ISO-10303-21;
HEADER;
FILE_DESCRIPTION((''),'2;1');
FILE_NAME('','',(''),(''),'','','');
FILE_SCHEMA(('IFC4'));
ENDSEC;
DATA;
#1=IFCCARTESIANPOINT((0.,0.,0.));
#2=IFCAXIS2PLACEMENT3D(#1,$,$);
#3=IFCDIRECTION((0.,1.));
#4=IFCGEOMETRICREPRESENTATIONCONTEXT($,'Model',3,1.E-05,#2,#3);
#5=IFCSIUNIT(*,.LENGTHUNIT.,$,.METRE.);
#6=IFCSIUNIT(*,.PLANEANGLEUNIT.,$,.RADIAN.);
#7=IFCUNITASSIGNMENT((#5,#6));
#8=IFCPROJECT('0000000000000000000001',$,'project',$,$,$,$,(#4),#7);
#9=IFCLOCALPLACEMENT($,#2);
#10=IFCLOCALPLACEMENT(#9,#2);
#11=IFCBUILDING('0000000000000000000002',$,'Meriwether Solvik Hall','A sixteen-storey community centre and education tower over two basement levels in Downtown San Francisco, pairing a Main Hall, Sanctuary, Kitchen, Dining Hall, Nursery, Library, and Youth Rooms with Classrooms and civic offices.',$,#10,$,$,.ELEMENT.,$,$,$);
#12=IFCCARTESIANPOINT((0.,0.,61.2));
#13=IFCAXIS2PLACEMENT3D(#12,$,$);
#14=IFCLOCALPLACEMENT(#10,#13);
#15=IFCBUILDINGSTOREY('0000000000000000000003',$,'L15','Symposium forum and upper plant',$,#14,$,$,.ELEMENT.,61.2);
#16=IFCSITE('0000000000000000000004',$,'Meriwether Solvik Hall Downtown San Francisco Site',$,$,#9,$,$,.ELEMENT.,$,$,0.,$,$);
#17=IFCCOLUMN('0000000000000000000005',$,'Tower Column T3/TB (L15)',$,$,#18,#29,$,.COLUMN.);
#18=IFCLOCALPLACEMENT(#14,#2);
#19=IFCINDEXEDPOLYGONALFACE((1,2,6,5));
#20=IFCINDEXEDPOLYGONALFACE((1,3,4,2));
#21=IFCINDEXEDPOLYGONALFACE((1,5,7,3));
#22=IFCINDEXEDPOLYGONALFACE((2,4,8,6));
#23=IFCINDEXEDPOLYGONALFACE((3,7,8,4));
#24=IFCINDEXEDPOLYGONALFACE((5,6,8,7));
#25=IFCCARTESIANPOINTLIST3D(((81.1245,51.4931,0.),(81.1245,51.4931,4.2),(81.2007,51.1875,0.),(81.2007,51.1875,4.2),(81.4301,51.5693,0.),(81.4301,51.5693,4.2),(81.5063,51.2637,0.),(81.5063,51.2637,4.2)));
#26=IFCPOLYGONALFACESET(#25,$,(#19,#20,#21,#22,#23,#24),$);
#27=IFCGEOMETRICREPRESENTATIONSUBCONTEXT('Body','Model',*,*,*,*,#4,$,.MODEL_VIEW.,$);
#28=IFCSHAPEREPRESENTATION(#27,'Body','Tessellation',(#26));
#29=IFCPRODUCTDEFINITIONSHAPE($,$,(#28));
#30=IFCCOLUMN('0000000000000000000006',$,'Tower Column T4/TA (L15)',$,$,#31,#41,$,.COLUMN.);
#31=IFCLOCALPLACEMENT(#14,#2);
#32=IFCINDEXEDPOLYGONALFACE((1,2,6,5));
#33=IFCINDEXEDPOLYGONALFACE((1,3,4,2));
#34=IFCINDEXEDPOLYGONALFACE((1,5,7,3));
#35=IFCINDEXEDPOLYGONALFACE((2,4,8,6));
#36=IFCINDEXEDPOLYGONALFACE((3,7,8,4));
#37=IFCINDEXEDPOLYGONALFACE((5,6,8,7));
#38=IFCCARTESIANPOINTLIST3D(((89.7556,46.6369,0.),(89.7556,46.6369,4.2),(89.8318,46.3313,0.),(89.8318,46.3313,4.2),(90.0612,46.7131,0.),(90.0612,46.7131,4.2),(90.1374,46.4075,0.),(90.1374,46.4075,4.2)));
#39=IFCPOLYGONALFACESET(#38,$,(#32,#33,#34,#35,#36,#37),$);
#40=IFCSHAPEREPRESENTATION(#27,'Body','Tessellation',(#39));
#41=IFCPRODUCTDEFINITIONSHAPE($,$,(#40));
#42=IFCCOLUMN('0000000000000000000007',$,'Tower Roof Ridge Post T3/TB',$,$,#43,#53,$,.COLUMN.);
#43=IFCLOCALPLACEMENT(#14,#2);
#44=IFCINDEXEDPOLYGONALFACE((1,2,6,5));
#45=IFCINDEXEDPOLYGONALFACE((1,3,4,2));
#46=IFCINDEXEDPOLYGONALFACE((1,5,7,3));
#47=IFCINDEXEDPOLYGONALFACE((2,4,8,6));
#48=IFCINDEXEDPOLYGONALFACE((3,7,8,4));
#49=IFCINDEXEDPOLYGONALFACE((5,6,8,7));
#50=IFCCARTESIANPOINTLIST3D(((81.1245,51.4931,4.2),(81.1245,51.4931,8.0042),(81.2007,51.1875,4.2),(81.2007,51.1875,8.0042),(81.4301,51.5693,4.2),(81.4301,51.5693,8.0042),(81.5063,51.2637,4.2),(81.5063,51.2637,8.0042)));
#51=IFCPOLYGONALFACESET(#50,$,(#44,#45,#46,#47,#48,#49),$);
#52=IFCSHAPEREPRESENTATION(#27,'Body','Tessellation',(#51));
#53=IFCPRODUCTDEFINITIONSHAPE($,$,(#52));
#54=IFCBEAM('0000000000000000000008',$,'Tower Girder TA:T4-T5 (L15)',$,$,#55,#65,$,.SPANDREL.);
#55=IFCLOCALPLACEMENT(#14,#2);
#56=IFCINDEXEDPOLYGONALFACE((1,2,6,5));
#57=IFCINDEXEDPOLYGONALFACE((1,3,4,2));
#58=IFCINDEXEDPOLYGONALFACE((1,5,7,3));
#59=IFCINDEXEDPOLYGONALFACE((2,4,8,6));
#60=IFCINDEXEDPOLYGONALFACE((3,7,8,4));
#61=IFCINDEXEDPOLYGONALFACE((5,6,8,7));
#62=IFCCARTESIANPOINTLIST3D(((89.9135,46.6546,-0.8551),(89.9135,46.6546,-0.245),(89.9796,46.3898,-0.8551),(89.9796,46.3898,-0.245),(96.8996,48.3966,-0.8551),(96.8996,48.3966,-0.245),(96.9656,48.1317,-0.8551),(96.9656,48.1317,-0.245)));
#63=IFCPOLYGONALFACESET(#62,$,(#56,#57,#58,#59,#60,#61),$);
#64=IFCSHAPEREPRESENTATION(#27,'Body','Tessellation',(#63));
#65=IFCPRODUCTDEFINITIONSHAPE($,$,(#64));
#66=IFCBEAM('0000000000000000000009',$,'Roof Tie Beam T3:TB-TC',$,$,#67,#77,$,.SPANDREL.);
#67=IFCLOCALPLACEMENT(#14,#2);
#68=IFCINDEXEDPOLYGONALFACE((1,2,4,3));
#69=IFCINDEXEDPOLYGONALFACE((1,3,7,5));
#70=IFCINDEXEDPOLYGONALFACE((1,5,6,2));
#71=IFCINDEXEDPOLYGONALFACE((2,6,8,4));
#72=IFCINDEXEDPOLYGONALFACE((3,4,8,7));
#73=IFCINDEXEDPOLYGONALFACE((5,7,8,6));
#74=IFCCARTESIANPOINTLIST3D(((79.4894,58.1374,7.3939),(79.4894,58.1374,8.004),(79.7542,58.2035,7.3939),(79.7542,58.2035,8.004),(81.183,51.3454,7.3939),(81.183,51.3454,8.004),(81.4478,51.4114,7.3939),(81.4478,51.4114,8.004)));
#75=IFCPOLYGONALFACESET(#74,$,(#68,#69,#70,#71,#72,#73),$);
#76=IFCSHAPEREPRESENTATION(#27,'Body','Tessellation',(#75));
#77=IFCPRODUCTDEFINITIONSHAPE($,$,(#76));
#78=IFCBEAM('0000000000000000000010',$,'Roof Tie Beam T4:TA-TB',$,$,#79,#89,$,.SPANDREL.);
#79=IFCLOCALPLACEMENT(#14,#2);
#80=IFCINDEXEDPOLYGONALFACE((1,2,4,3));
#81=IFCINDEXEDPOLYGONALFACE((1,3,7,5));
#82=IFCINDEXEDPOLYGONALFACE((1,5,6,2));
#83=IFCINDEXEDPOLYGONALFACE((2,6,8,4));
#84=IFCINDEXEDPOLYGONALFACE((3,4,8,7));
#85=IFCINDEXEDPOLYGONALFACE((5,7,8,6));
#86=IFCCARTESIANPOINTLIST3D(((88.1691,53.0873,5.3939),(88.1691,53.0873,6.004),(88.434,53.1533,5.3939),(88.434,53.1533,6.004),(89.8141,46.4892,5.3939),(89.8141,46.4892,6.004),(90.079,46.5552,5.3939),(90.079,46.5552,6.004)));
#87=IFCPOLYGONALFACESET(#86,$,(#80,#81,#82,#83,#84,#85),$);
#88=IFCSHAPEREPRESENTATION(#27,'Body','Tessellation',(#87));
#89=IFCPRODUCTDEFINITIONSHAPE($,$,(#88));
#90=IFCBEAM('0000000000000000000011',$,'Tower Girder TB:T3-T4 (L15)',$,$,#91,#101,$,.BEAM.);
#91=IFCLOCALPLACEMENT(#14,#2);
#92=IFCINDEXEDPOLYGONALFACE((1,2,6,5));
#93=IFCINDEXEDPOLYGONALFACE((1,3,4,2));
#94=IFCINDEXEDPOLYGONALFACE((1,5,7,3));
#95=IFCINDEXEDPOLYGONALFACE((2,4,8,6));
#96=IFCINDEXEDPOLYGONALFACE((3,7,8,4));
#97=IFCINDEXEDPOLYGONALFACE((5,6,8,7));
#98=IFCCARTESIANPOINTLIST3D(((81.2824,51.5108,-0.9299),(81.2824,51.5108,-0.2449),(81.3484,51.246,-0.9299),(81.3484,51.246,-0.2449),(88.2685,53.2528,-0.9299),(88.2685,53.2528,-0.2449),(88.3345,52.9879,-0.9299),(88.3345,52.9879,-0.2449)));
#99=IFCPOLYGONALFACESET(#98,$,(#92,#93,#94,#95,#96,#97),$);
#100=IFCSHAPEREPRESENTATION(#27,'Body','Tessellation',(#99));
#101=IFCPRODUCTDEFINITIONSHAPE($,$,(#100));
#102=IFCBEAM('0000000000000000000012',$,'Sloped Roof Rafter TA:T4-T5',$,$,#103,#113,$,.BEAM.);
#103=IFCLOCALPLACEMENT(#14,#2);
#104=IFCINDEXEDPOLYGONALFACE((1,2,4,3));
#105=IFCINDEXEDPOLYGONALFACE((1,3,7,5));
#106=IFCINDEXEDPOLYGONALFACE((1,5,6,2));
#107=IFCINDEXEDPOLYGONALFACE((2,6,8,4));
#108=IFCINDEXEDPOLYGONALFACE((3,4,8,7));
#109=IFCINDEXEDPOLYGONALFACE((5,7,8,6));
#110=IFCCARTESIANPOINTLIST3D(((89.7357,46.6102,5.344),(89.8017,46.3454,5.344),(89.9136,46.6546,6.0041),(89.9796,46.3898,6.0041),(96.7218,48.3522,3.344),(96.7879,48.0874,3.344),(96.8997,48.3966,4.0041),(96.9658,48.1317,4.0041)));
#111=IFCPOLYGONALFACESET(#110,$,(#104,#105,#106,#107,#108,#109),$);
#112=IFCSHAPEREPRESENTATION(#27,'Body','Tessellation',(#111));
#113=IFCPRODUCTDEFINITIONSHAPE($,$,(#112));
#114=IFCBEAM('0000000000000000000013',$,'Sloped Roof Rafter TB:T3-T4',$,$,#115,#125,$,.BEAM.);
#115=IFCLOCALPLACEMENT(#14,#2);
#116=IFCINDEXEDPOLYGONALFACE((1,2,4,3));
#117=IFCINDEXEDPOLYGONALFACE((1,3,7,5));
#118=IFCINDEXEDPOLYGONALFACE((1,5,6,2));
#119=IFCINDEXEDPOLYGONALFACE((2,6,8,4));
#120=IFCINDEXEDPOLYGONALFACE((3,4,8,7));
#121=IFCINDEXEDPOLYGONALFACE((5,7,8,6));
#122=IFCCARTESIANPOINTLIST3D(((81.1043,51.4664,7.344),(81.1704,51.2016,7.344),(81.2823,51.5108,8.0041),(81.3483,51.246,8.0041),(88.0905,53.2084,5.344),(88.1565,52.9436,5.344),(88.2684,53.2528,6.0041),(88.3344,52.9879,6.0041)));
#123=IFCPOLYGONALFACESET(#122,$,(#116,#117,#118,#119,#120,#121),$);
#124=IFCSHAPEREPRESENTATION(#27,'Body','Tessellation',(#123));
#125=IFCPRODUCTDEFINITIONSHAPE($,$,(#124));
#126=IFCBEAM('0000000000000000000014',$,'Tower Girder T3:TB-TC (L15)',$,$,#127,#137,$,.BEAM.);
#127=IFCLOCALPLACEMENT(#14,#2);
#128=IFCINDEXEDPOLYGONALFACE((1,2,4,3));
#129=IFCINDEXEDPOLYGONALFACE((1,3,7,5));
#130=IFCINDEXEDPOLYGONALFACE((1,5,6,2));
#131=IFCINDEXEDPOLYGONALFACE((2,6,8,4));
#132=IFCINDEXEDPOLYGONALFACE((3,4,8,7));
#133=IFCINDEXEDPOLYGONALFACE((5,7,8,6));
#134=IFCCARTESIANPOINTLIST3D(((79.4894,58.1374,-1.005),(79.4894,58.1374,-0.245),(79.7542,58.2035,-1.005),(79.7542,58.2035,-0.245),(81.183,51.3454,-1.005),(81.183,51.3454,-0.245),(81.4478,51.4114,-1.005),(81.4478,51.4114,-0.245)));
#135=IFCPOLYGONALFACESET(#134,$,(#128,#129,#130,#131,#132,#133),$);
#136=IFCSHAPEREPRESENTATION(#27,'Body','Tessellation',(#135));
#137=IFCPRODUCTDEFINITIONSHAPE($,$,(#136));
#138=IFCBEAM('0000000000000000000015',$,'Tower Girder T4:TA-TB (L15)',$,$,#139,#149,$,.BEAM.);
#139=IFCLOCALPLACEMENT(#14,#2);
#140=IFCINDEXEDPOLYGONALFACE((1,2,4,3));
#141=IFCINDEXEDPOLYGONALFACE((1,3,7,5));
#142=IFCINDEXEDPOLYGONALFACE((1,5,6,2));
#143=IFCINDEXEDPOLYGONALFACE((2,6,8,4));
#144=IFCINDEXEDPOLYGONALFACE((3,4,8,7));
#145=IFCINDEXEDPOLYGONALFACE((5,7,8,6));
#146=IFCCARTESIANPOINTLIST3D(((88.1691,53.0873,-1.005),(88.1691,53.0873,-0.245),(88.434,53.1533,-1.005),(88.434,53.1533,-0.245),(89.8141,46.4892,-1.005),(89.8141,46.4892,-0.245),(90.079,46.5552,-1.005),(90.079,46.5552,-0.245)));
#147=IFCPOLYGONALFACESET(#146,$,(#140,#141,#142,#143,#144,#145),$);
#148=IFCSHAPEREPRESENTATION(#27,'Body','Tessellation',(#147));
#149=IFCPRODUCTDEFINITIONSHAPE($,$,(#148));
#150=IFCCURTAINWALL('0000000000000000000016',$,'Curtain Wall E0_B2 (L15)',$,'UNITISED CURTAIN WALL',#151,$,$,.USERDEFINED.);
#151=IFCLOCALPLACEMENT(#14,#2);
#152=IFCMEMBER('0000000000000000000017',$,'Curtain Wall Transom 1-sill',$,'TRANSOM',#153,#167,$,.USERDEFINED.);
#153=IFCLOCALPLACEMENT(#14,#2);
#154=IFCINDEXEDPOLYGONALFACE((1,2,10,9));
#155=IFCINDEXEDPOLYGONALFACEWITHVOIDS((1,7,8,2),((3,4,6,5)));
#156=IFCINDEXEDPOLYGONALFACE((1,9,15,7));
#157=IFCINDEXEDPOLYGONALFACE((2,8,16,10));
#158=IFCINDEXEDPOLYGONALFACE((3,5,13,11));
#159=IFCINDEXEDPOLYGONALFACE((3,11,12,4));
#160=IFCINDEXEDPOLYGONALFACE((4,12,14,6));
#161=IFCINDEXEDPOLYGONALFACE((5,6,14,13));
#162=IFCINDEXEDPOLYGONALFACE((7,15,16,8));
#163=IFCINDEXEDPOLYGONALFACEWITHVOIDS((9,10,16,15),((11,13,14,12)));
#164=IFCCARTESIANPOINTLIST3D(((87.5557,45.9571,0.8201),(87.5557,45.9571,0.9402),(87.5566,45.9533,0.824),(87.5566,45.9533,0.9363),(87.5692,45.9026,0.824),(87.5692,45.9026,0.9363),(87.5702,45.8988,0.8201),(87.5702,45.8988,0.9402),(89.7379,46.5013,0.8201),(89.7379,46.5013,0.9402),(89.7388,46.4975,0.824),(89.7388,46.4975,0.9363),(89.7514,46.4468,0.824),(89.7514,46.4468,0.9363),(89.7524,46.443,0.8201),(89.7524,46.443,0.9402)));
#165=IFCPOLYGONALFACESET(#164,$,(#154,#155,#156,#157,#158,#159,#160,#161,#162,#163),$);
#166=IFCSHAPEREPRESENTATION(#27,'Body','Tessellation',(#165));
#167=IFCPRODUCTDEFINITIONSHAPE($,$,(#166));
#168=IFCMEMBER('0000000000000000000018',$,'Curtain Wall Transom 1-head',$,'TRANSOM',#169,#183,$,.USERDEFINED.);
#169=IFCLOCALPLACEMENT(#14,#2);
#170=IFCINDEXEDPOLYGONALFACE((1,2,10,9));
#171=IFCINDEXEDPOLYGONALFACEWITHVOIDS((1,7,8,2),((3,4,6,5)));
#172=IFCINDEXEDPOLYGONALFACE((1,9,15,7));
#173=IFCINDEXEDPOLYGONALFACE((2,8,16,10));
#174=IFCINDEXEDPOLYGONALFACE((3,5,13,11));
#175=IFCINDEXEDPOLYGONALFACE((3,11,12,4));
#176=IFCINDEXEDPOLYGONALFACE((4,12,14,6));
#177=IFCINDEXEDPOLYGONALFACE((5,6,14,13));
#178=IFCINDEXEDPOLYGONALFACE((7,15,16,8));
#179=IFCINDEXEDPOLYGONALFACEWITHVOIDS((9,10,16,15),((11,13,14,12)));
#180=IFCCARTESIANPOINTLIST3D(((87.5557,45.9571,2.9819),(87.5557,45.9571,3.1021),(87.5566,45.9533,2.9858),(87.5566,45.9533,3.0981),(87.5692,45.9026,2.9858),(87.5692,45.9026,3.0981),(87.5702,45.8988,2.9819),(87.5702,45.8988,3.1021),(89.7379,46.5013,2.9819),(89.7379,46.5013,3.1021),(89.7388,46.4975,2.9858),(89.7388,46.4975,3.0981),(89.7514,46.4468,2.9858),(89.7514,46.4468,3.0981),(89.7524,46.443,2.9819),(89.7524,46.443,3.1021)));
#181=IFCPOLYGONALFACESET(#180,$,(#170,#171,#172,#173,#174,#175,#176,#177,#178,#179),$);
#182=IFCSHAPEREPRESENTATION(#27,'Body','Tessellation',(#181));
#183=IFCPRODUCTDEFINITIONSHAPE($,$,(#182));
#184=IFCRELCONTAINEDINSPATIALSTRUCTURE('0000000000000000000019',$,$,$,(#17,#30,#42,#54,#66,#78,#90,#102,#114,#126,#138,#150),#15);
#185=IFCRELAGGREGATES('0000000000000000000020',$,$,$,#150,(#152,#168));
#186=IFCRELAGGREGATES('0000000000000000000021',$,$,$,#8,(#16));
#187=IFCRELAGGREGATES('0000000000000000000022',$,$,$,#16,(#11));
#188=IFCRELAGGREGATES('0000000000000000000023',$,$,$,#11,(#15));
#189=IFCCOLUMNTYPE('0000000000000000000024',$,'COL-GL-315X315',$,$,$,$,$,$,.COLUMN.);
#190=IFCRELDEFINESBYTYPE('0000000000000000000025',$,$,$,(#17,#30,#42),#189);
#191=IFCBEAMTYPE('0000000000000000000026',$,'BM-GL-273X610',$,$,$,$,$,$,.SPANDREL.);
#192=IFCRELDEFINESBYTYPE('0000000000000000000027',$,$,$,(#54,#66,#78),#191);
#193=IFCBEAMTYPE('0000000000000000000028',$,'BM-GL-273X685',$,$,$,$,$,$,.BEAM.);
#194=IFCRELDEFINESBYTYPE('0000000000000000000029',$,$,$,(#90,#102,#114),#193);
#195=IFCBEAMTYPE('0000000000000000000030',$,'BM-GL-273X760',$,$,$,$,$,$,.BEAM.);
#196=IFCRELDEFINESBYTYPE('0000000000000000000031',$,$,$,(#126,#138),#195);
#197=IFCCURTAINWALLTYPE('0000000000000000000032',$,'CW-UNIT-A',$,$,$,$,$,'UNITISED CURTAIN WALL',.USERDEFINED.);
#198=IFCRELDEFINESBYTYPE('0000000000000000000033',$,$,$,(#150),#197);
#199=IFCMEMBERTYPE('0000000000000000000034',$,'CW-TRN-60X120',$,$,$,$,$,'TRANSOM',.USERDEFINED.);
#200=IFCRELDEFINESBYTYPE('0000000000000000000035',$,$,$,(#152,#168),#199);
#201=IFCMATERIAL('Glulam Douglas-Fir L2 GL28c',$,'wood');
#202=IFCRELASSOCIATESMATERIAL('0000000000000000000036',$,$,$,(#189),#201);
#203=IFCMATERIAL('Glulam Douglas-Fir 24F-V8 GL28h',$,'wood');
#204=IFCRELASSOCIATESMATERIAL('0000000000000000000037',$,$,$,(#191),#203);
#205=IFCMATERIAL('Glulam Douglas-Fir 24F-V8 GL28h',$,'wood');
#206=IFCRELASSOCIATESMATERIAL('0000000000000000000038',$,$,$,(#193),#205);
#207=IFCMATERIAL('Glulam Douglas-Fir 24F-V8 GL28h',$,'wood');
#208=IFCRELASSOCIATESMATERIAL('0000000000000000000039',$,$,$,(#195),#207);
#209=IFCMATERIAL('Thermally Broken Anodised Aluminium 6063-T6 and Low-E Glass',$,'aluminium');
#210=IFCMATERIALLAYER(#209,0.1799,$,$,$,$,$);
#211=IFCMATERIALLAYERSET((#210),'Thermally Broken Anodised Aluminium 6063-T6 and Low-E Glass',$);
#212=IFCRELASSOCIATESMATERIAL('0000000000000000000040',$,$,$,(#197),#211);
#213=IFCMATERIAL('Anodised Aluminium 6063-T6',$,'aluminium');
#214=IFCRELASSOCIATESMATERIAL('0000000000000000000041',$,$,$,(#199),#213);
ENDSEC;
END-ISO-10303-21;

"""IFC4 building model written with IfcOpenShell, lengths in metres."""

from ifc_helpers import new_model, si_unit, direction, frame, origin, origin_2d, place, context, subcontext, project, spatial, rectangle, hollow_rectangle, extrude, material, layer, layer_set, material_profile, profile_set, type_object, element, aggregate, save


model = new_model("IFC4")

# Units and contexts
model_context = context("Model", 3, precision=1e-05, world=origin(), true_north=direction((0.0, 1.0)))
body_context = subcontext(model_context, "Body", "Model", "MODEL_VIEW")
ifc_project = project(units=[si_unit("LENGTHUNIT", "METRE"), si_unit("PLANEANGLEUNIT", "RADIAN")], contexts=[model_context])

# Site, building, storey
site_placement = place(None, origin())
site = spatial("IfcSite", under=ifc_project, at=site_placement, Name="Meriwether Solvik Hall Downtown San Francisco Site", CompositionType="ELEMENT", RefElevation=0.0)
building_placement = place(site_placement, origin())
building = spatial("IfcBuilding", under=site, at=building_placement, Name="Meriwether Solvik Hall", Description="A sixteen-storey community centre and education tower over two basement levels in Downtown San Francisco, pairing a Main Hall, Sanctuary, Kitchen, Dining Hall, Nursery, Library, and Youth Rooms with Classrooms and civic offices.", CompositionType="ELEMENT")
storey_placement = place(building_placement, frame((0.0, 0.0, 61.2)))
storey = spatial("IfcBuildingStorey", under=building, at=storey_placement, Name="L15", Description="Symposium forum and upper plant", CompositionType="ELEMENT", Elevation=61.2)

# Columns
ifc_material_1 = material(Name="Glulam Douglas-Fir L2 GL28c", Category="wood")
ifc_material_profile_1 = material_profile(ifc_material_1, rectangle(XDim=0.3149, YDim=0.3149, at=origin_2d()), Name="GLC-315X315")
ifc_profile_set_1 = profile_set([ifc_material_profile_1], Name="Glulam Douglas-Fir L2 GL28c")
column_type = type_object("IfcColumnType", Name="COL-GL-315X315", PredefinedType="COLUMN", material=ifc_profile_set_1)
for number, where, z_axis, x_axis, name in (
    (1, (81.3154, 51.3784, 0.0), (0.0, 0.0, 1.0), (0.970296, 0.241922, 0.0), "Tower Column T3/TB (L15)"),
    (2, (89.9465, 46.5222, 0.0), (0.0, 0.0, 1.0), (0.970296, 0.241922, 0.0), "Tower Column T4/TA (L15)"),
):
    element("IfcColumn", number, at=place(storey_placement, frame(where, z_axis=z_axis, x_axis=x_axis)), inside=storey, type_object=column_type, Name=name, PredefinedType="COLUMN", context=body_context, shape_type="SweptSolid", body=[
        extrude(rectangle(XDim=0.3149, YDim=0.3149, at=origin_2d()), origin(), (0.0, 0.0, 1.0), 4.2),
    ])
column_placement = place(storey_placement, frame((81.3154, 51.3784, 4.2), z_axis=(0.0, 0.0, 1.0), x_axis=(0.970296, 0.241922, 0.0)))
element("IfcColumn", 3, at=column_placement, inside=storey, type_object=column_type, Name="Tower Roof Ridge Post T3/TB", PredefinedType="COLUMN", context=body_context, shape_type="SweptSolid", body=[
    extrude(rectangle(XDim=0.3149, YDim=0.3149, at=origin_2d()), origin(), (0.0, 0.0, 1.0), 3.8042),
])

# Beams
ifc_material_2 = material(Name="Glulam Douglas-Fir 24F-V8 GL28h", Category="wood")
ifc_material_profile_2 = material_profile(ifc_material_2, rectangle(XDim=0.2729, YDim=0.6101, at=origin_2d()), Name="GLB-273X610")
ifc_profile_set_2 = profile_set([ifc_material_profile_2], Name="Glulam Douglas-Fir 24F-V8 GL28h")
beam_type_1 = type_object("IfcBeamType", Name="BM-GL-273X610", PredefinedType="SPANDREL", material=ifc_profile_set_2)
beam_1_placement = place(storey_placement, frame((89.9465, 46.5222, -0.55), z_axis=(0.970292, 0.241937, 0.0), x_axis=(-0.241937, 0.970292, 0.0)))
element("IfcBeam", 4, at=beam_1_placement, inside=storey, type_object=beam_type_1, Name="Tower Girder TA:T4-T5 (L15)", PredefinedType="SPANDREL", context=body_context, shape_type="SweptSolid", body=[
    extrude(rectangle(XDim=0.2729, YDim=0.6101, at=origin_2d()), origin(), (0.0, 0.0, 1.0), 7.2),
])
beam_2_placement = place(storey_placement, frame((81.3154, 51.3784, 7.699), z_axis=(-0.241945, 0.97029, 0.0), x_axis=(-0.97029, -0.241945, 0.0)))
element("IfcBeam", 5, at=beam_2_placement, inside=storey, type_object=beam_type_1, Name="Roof Tie Beam T3:TB-TC", PredefinedType="SPANDREL", context=body_context, shape_type="SweptSolid", body=[
    extrude(rectangle(XDim=0.2729, YDim=0.6101, at=origin_2d()), origin(), (0.0, 0.0, 1.0), 7.0),
])
beam_3_placement = place(storey_placement, frame((89.9465, 46.5222, 5.699), z_axis=(-0.24191, 0.970299, 0.0), x_axis=(-0.970299, -0.24191, 0.0)))
element("IfcBeam", 6, at=beam_3_placement, inside=storey, type_object=beam_type_1, Name="Roof Tie Beam T4:TA-TB", PredefinedType="SPANDREL", context=body_context, shape_type="SweptSolid", body=[
    extrude(rectangle(XDim=0.2729, YDim=0.6101, at=origin_2d()), origin(), (0.0, 0.0, 1.0), 6.8),
])
ifc_material_3 = material(Name="Glulam Douglas-Fir 24F-V8 GL28h", Category="wood")
ifc_material_profile_3 = material_profile(ifc_material_3, rectangle(XDim=0.2729, YDim=0.6851, at=origin_2d()), Name="GLB-273X685")
ifc_profile_set_3 = profile_set([ifc_material_profile_3], Name="Glulam Douglas-Fir 24F-V8 GL28h")
beam_type_2 = type_object("IfcBeamType", Name="BM-GL-273X685", PredefinedType="BEAM", material=ifc_profile_set_3)
beam_4_placement = place(storey_placement, frame((81.3154, 51.3784, -0.5874), z_axis=(0.970292, 0.241937, 0.0), x_axis=(-0.241937, 0.970292, 0.0)))
element("IfcBeam", 7, at=beam_4_placement, inside=storey, type_object=beam_type_2, Name="Tower Girder TB:T3-T4 (L15)", PredefinedType="BEAM", context=body_context, shape_type="SweptSolid", body=[
    extrude(rectangle(XDim=0.2729, YDim=0.6851, at=origin_2d()), origin(), (0.0, 0.0, 1.0), 7.2),
])
for number, where, z_axis, x_axis, name in (
    (8, (89.8577, 46.5, 5.6741), (0.934893, 0.233111, -0.267644), (-0.241937, 0.970292, 0.0), "Sloped Roof Rafter TA:T4-T5"),
    (9, (81.2263, 51.3562, 7.6741), (0.934893, 0.233111, -0.267644), (-0.241937, 0.970292, 0.0), "Sloped Roof Rafter TB:T3-T4"),
):
    element("IfcBeam", number, at=place(storey_placement, frame(where, z_axis=z_axis, x_axis=x_axis)), inside=storey, type_object=beam_type_2, Name=name, PredefinedType="BEAM", context=body_context, shape_type="SweptSolid", body=[
        extrude(rectangle(XDim=0.2729, YDim=0.6851, at=origin_2d()), origin(), (0.0, 0.0, 1.0), 7.4727),
    ])
ifc_material_4 = material(Name="Glulam Douglas-Fir 24F-V8 GL28h", Category="wood")
ifc_material_profile_4 = material_profile(ifc_material_4, rectangle(XDim=0.2729, YDim=0.76, at=origin_2d()), Name="GLB-273X760")
ifc_profile_set_4 = profile_set([ifc_material_profile_4], Name="Glulam Douglas-Fir 24F-V8 GL28h")
beam_type_3 = type_object("IfcBeamType", Name="BM-GL-273X760", PredefinedType="BEAM", material=ifc_profile_set_4)
beam_5_placement = place(storey_placement, frame((81.3154, 51.3784, -0.625), z_axis=(-0.241945, 0.97029, 0.0), x_axis=(-0.97029, -0.241945, 0.0)))
element("IfcBeam", 10, at=beam_5_placement, inside=storey, type_object=beam_type_3, Name="Tower Girder T3:TB-TC (L15)", PredefinedType="BEAM", context=body_context, shape_type="SweptSolid", body=[
    extrude(rectangle(XDim=0.2729, YDim=0.76, at=origin_2d()), origin(), (0.0, 0.0, 1.0), 7.0),
])
beam_6_placement = place(storey_placement, frame((89.9465, 46.5222, -0.625), z_axis=(-0.24191, 0.970299, 0.0), x_axis=(-0.970299, -0.24191, 0.0)))
element("IfcBeam", 11, at=beam_6_placement, inside=storey, type_object=beam_type_3, Name="Tower Girder T4:TA-TB (L15)", PredefinedType="BEAM", context=body_context, shape_type="SweptSolid", body=[
    extrude(rectangle(XDim=0.2729, YDim=0.76, at=origin_2d()), origin(), (0.0, 0.0, 1.0), 6.8),
])

# Curtain wall, members
ifc_material_5 = material(Name="Thermally Broken Anodised Aluminium 6063-T6 and Low-E Glass", Category="aluminium")
ifc_layer_1 = layer(ifc_material_5, 0.1799)
ifc_layer_set_1 = layer_set([ifc_layer_1], Name="Thermally Broken Anodised Aluminium 6063-T6 and Low-E Glass")
curtain_wall_type = type_object("IfcCurtainWallType", Name="CW-UNIT-A", ElementType="UNITISED CURTAIN WALL", PredefinedType="USERDEFINED", material=ifc_layer_set_1)
curtain_wall_placement = place(storey_placement, origin())
curtain_wall = element("IfcCurtainWall", 12, at=curtain_wall_placement, inside=storey, type_object=curtain_wall_type, Name="Curtain Wall E0_B2 (L15)", ObjectType="UNITISED CURTAIN WALL", PredefinedType="USERDEFINED")
ifc_material_6 = material(Name="Anodised Aluminium 6063-T6", Category="aluminium")
ifc_material_profile_5 = material_profile(ifc_material_6, hollow_rectangle(XDim=0.0601, YDim=0.1201, WallThickness=0.0039, at=origin_2d()), Name="CWT-60X120")
ifc_profile_set_5 = profile_set([ifc_material_profile_5], Name="Anodised Aluminium 6063-T6")
member_type_1 = type_object("IfcMemberType", Name="CW-TRN-60X120", ElementType="TRANSOM", PredefinedType="USERDEFINED", material=ifc_profile_set_5)
member_1_placement = place(storey_placement, frame((89.7451, 46.4722, 0.8801), z_axis=(-0.970283, -0.241974, 0.0), x_axis=(0.241974, -0.970283, 0.0)))
member_1 = element("IfcMember", 13, at=member_1_placement, type_object=member_type_1, Name="Curtain Wall Transom 1-sill", ObjectType="TRANSOM", PredefinedType="USERDEFINED", context=body_context, shape_type="SweptSolid", body=[
    extrude(hollow_rectangle(XDim=0.0601, YDim=0.1201, WallThickness=0.0039, at=origin_2d()), origin(), (0.0, 0.0, 1.0), 2.249),
])
member_2_placement = place(storey_placement, frame((89.7451, 46.4722, 3.042), z_axis=(-0.970283, -0.241974, 0.0), x_axis=(0.241974, -0.970283, 0.0)))
member_2 = element("IfcMember", 14, at=member_2_placement, type_object=member_type_1, Name="Curtain Wall Transom 1-head", ObjectType="TRANSOM", PredefinedType="USERDEFINED", context=body_context, shape_type="SweptSolid", body=[
    extrude(hollow_rectangle(XDim=0.0601, YDim=0.1201, WallThickness=0.0039, at=origin_2d()), origin(), (0.0, 0.0, 1.0), 2.249),
])
aggregate(curtain_wall, [member_1, member_2])

save(model, "model.ifc")
